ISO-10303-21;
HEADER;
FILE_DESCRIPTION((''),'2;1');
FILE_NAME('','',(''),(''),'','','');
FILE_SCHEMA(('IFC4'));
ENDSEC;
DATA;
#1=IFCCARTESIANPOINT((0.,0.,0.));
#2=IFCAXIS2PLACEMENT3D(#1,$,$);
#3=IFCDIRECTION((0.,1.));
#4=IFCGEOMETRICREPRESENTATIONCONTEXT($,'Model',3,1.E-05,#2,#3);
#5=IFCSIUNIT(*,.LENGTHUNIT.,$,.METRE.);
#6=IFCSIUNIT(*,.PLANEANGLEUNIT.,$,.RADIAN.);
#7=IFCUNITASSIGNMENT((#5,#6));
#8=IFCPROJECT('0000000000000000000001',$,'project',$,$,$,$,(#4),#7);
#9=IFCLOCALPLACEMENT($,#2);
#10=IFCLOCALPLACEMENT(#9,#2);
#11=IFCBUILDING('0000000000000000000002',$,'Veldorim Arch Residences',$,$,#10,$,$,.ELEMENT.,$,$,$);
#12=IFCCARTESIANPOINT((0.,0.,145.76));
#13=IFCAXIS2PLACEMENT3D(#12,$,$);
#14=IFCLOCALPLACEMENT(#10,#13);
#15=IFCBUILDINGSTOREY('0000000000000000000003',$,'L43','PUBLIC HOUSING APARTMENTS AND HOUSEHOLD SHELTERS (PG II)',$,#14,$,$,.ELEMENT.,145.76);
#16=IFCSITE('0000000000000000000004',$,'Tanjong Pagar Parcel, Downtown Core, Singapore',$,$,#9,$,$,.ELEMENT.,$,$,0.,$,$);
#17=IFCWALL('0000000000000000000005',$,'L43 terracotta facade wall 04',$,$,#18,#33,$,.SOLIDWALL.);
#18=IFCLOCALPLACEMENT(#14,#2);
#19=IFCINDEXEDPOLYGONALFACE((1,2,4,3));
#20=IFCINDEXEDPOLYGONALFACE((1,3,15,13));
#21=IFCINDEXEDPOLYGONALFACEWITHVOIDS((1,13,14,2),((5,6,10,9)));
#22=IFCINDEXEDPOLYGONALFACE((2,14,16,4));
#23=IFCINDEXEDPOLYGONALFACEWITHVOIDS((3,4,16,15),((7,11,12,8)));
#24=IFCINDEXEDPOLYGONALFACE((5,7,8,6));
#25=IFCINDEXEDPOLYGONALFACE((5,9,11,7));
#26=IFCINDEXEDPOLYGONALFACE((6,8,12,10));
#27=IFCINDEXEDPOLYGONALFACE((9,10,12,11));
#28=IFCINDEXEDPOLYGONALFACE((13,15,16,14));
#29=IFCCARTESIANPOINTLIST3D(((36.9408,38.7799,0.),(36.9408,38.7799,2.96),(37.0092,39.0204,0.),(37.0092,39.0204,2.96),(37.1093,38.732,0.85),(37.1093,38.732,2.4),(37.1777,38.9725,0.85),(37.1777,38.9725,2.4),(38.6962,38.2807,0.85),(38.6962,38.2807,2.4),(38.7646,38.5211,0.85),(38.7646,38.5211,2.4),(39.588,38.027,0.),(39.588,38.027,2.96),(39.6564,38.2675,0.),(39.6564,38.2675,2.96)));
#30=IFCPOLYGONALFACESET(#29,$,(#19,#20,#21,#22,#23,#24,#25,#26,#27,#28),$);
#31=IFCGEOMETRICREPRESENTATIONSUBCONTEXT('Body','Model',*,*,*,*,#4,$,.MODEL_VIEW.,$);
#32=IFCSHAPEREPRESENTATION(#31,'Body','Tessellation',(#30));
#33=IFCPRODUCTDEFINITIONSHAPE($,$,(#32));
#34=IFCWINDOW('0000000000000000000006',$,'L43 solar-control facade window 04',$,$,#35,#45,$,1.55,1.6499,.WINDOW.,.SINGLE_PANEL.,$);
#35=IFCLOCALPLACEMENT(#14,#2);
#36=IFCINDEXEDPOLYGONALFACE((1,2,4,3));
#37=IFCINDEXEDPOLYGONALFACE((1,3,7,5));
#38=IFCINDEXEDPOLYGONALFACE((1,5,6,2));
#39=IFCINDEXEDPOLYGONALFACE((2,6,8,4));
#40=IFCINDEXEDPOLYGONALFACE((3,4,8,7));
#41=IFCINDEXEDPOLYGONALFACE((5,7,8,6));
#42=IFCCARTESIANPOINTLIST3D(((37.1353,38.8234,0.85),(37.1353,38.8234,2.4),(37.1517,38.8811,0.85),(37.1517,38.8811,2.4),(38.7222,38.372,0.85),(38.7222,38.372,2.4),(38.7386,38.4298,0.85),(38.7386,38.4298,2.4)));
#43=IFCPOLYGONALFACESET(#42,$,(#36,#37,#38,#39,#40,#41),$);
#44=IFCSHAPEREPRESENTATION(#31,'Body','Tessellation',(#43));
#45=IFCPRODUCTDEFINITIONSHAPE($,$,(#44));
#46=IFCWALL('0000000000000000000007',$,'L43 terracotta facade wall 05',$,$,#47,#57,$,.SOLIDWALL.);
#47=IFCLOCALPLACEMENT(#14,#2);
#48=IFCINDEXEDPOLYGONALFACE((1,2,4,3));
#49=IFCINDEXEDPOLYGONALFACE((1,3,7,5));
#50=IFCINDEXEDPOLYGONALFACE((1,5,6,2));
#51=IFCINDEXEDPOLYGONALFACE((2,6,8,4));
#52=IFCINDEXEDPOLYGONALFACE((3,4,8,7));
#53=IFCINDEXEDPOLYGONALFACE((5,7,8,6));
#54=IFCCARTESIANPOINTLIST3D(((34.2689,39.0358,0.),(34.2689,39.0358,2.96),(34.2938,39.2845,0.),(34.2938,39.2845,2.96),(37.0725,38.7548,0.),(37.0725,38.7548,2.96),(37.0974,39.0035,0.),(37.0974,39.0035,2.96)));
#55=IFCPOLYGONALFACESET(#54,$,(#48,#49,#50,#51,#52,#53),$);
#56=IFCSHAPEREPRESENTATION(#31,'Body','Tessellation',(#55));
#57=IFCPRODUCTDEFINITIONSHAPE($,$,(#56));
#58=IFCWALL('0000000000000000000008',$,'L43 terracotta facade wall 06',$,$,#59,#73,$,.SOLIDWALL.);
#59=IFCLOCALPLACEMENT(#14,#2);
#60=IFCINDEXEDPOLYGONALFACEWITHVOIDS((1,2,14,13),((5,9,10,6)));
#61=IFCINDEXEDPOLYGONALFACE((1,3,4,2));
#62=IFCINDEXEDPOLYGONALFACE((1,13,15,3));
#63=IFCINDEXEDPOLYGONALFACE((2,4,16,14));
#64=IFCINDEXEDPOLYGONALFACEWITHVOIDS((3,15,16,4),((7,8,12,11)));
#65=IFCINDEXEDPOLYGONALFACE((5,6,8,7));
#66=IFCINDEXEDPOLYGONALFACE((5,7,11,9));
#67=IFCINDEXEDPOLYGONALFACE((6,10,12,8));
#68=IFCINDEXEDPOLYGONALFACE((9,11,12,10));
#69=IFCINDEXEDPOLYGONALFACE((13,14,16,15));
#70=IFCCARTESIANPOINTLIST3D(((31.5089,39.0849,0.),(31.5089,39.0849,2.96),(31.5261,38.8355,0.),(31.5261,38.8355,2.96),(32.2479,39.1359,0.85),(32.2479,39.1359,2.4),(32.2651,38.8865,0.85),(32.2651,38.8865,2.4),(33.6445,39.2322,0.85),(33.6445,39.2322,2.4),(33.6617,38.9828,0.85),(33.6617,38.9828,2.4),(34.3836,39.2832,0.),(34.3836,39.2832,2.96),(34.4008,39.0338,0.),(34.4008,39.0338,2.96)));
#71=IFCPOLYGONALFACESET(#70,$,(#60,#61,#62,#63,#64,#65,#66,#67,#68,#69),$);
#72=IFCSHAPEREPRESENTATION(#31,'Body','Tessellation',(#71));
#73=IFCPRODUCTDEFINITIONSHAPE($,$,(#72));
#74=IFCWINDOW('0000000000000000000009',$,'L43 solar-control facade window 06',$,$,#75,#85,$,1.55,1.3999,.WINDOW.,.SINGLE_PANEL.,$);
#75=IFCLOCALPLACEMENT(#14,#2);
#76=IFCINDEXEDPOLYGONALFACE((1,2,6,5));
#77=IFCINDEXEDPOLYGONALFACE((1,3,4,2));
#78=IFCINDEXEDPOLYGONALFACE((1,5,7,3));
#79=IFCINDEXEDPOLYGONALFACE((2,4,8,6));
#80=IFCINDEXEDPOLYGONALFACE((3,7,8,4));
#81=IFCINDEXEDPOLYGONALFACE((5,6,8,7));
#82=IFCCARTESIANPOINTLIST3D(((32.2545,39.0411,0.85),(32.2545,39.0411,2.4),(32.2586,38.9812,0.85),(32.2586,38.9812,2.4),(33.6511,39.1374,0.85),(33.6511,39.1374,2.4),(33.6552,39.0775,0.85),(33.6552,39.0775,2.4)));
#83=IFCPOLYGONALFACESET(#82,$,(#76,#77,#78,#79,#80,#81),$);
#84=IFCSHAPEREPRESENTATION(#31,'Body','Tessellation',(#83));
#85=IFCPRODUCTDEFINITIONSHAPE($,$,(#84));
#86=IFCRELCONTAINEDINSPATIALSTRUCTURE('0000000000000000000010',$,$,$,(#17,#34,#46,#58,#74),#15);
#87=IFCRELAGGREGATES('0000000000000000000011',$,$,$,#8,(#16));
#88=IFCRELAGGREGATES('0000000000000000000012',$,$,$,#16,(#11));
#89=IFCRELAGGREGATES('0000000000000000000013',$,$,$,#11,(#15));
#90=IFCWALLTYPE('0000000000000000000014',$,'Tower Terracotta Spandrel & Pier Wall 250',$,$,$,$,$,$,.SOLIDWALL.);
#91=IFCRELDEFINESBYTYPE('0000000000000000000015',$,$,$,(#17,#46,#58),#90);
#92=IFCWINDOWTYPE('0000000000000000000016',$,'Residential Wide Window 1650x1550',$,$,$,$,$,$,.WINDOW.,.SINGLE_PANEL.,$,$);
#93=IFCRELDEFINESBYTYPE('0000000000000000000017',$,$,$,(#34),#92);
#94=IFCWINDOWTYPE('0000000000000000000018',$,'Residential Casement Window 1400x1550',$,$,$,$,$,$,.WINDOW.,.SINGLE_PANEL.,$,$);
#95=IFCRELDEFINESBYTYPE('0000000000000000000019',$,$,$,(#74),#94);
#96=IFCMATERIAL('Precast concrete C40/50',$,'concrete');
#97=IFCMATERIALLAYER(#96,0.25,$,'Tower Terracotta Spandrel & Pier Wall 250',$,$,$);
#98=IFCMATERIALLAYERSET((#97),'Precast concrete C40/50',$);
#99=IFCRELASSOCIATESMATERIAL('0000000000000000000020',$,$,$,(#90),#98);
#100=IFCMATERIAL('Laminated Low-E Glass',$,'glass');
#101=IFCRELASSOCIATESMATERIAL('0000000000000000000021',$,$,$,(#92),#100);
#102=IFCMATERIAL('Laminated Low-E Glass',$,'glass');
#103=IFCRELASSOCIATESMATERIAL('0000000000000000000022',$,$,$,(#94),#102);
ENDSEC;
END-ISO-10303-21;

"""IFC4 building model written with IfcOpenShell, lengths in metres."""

from ifc_helpers import new_model, si_unit, direction, frame, frame_2d, origin, place, context, subcontext, project, spatial, rectangle, extrude, material, layer, layer_set, type_object, element, fill, save


model = new_model("IFC4")

# Units and contexts
model_context = context("Model", 3, precision=1e-05, world=origin(), true_north=direction((0.0, 1.0)))
body_context = subcontext(model_context, "Body", "Model", "MODEL_VIEW")
ifc_project = project(units=[si_unit("LENGTHUNIT", "METRE"), si_unit("PLANEANGLEUNIT", "RADIAN")], contexts=[model_context])

# Site, building, storey
site_placement = place(None, origin())
site = spatial("IfcSite", under=ifc_project, at=site_placement, Name="Tanjong Pagar Parcel, Downtown Core, Singapore", CompositionType="ELEMENT", RefElevation=0.0)
building_placement = place(site_placement, origin())
building = spatial("IfcBuilding", under=site, at=building_placement, Name="Veldorim Arch Residences", CompositionType="ELEMENT")
storey_placement = place(building_placement, frame((0.0, 0.0, 145.76)))
storey = spatial("IfcBuildingStorey", under=building, at=storey_placement, Name="L43", Description="PUBLIC HOUSING APARTMENTS AND HOUSEHOLD SHELTERS (PG II)", CompositionType="ELEMENT", Elevation=145.76)

# Wall, opening, window
ifc_material_1 = material(Name="Precast concrete C40/50", Category="concrete")
ifc_layer_1 = layer(ifc_material_1, 0.25, Name="Tower Terracotta Spandrel & Pier Wall 250")
ifc_layer_set_1 = layer_set([ifc_layer_1], Name="Precast concrete C40/50")
wall_type_1 = type_object("IfcWallType", Name="Tower Terracotta Spandrel & Pier Wall 250", PredefinedType="SOLIDWALL", material=ifc_layer_set_1)
wall_1_placement = place(storey_placement, frame((36.9751, 38.9001, 0.0), z_axis=(0.0, 0.0, 1.0), x_axis=(0.961851, -0.273573, 0.0)))
wall_1 = element("IfcWall", 1, at=wall_1_placement, inside=storey, type_object=wall_type_1, Name="L43 terracotta facade wall 04", PredefinedType="SOLIDWALL", context=body_context, shape_type="SweptSolid", body=[
    extrude(rectangle(XDim=2.7522, YDim=0.25, at=frame_2d((1.376, 0.0))), origin(), (0.0, 0.0, 1.0), 2.96),
])
opening_1_placement = place(wall_1_placement, frame((0.175, 0.0, 0.8501)))
opening_1 = element("IfcOpeningElement", 2, at=opening_1_placement, cuts=wall_1, PredefinedType="OPENING", context=body_context, shape_type="SweptSolid", body=[
    extrude(rectangle(XDim=1.6499, YDim=1.55, at=frame_2d((0.825, 0.7749))), frame((0.0, 0.135, 0.0), z_axis=(0.0, -1.0, 0.0), x_axis=(1.0, 0.0, 0.0)), (0.0, 0.0, 1.0), 0.27),
])
ifc_material_2 = material(Name="Laminated Low-E Glass", Category="glass")
window_type_1 = type_object("IfcWindowType", Name="Residential Wide Window 1650x1550", PartitioningType="SINGLE_PANEL", PredefinedType="WINDOW", material=ifc_material_2)
window_1_placement = place(opening_1_placement, origin())
window_1 = element("IfcWindow", 3, at=window_1_placement, inside=storey, type_object=window_type_1, Name="L43 solar-control facade window 04", OverallHeight=1.55, OverallWidth=1.6499, PartitioningType="SINGLE_PANEL", PredefinedType="WINDOW", context=body_context, shape_type="SweptSolid", body=[
    extrude(rectangle(XDim=1.6499, YDim=1.55, at=frame_2d((0.825, 0.7749))), frame((0.0, 0.03, 0.0), z_axis=(0.0, -1.0, 0.0), x_axis=(1.0, 0.0, 0.0)), (0.0, 0.0, 1.0), 0.0601),
])
fill(opening_1, window_1)

# Wall
wall_2_placement = place(storey_placement, frame((34.2815, 39.1602, 0.0), z_axis=(0.0, 0.0, 1.0), x_axis=(0.995014, -0.099735, 0.0)))
element("IfcWall", 4, at=wall_2_placement, inside=storey, type_object=wall_type_1, Name="L43 terracotta facade wall 05", PredefinedType="SOLIDWALL", context=body_context, shape_type="SweptSolid", body=[
    extrude(rectangle(XDim=2.8176, YDim=0.25, at=frame_2d((1.4087, 0.0))), origin(), (0.0, 0.0, 1.0), 2.96),
])

# Wall, opening, window
wall_3_placement = place(storey_placement, frame((31.5173, 38.9602, 0.0), z_axis=(0.0, 0.0, 1.0), x_axis=(0.997631, 0.068796, 0.0)))
wall_3 = element("IfcWall", 5, at=wall_3_placement, inside=storey, type_object=wall_type_1, Name="L43 terracotta facade wall 06", PredefinedType="SOLIDWALL", context=body_context, shape_type="SweptSolid", body=[
    extrude(rectangle(XDim=2.8816, YDim=0.25, at=frame_2d((1.4409, 0.0))), origin(), (0.0, 0.0, 1.0), 2.96),
])
opening_2_placement = place(wall_3_placement, frame((0.741, 0.0, 0.8501)))
opening_2 = element("IfcOpeningElement", 6, at=opening_2_placement, cuts=wall_3, PredefinedType="OPENING", context=body_context, shape_type="SweptSolid", body=[
    extrude(rectangle(XDim=1.3999, YDim=1.55, at=frame_2d((0.7, 0.7749))), frame((0.0, 0.135, 0.0), z_axis=(0.0, -1.0, 0.0), x_axis=(1.0, 0.0, 0.0)), (0.0, 0.0, 1.0), 0.27),
])
ifc_material_3 = material(Name="Laminated Low-E Glass", Category="glass")
window_type_2 = type_object("IfcWindowType", Name="Residential Casement Window 1400x1550", PartitioningType="SINGLE_PANEL", PredefinedType="WINDOW", material=ifc_material_3)
window_2_placement = place(opening_2_placement, origin())
window_2 = element("IfcWindow", 7, at=window_2_placement, inside=storey, type_object=window_type_2, Name="L43 solar-control facade window 06", OverallHeight=1.55, OverallWidth=1.3999, PartitioningType="SINGLE_PANEL", PredefinedType="WINDOW", context=body_context, shape_type="SweptSolid", body=[
    extrude(rectangle(XDim=1.3999, YDim=1.55, at=frame_2d((0.7, 0.7749))), frame((0.0, 0.03, 0.0), z_axis=(0.0, -1.0, 0.0), x_axis=(1.0, 0.0, 0.0)), (0.0, 0.0, 1.0), 0.0601),
])
fill(opening_2, window_2)

save(model, "model.ifc")
